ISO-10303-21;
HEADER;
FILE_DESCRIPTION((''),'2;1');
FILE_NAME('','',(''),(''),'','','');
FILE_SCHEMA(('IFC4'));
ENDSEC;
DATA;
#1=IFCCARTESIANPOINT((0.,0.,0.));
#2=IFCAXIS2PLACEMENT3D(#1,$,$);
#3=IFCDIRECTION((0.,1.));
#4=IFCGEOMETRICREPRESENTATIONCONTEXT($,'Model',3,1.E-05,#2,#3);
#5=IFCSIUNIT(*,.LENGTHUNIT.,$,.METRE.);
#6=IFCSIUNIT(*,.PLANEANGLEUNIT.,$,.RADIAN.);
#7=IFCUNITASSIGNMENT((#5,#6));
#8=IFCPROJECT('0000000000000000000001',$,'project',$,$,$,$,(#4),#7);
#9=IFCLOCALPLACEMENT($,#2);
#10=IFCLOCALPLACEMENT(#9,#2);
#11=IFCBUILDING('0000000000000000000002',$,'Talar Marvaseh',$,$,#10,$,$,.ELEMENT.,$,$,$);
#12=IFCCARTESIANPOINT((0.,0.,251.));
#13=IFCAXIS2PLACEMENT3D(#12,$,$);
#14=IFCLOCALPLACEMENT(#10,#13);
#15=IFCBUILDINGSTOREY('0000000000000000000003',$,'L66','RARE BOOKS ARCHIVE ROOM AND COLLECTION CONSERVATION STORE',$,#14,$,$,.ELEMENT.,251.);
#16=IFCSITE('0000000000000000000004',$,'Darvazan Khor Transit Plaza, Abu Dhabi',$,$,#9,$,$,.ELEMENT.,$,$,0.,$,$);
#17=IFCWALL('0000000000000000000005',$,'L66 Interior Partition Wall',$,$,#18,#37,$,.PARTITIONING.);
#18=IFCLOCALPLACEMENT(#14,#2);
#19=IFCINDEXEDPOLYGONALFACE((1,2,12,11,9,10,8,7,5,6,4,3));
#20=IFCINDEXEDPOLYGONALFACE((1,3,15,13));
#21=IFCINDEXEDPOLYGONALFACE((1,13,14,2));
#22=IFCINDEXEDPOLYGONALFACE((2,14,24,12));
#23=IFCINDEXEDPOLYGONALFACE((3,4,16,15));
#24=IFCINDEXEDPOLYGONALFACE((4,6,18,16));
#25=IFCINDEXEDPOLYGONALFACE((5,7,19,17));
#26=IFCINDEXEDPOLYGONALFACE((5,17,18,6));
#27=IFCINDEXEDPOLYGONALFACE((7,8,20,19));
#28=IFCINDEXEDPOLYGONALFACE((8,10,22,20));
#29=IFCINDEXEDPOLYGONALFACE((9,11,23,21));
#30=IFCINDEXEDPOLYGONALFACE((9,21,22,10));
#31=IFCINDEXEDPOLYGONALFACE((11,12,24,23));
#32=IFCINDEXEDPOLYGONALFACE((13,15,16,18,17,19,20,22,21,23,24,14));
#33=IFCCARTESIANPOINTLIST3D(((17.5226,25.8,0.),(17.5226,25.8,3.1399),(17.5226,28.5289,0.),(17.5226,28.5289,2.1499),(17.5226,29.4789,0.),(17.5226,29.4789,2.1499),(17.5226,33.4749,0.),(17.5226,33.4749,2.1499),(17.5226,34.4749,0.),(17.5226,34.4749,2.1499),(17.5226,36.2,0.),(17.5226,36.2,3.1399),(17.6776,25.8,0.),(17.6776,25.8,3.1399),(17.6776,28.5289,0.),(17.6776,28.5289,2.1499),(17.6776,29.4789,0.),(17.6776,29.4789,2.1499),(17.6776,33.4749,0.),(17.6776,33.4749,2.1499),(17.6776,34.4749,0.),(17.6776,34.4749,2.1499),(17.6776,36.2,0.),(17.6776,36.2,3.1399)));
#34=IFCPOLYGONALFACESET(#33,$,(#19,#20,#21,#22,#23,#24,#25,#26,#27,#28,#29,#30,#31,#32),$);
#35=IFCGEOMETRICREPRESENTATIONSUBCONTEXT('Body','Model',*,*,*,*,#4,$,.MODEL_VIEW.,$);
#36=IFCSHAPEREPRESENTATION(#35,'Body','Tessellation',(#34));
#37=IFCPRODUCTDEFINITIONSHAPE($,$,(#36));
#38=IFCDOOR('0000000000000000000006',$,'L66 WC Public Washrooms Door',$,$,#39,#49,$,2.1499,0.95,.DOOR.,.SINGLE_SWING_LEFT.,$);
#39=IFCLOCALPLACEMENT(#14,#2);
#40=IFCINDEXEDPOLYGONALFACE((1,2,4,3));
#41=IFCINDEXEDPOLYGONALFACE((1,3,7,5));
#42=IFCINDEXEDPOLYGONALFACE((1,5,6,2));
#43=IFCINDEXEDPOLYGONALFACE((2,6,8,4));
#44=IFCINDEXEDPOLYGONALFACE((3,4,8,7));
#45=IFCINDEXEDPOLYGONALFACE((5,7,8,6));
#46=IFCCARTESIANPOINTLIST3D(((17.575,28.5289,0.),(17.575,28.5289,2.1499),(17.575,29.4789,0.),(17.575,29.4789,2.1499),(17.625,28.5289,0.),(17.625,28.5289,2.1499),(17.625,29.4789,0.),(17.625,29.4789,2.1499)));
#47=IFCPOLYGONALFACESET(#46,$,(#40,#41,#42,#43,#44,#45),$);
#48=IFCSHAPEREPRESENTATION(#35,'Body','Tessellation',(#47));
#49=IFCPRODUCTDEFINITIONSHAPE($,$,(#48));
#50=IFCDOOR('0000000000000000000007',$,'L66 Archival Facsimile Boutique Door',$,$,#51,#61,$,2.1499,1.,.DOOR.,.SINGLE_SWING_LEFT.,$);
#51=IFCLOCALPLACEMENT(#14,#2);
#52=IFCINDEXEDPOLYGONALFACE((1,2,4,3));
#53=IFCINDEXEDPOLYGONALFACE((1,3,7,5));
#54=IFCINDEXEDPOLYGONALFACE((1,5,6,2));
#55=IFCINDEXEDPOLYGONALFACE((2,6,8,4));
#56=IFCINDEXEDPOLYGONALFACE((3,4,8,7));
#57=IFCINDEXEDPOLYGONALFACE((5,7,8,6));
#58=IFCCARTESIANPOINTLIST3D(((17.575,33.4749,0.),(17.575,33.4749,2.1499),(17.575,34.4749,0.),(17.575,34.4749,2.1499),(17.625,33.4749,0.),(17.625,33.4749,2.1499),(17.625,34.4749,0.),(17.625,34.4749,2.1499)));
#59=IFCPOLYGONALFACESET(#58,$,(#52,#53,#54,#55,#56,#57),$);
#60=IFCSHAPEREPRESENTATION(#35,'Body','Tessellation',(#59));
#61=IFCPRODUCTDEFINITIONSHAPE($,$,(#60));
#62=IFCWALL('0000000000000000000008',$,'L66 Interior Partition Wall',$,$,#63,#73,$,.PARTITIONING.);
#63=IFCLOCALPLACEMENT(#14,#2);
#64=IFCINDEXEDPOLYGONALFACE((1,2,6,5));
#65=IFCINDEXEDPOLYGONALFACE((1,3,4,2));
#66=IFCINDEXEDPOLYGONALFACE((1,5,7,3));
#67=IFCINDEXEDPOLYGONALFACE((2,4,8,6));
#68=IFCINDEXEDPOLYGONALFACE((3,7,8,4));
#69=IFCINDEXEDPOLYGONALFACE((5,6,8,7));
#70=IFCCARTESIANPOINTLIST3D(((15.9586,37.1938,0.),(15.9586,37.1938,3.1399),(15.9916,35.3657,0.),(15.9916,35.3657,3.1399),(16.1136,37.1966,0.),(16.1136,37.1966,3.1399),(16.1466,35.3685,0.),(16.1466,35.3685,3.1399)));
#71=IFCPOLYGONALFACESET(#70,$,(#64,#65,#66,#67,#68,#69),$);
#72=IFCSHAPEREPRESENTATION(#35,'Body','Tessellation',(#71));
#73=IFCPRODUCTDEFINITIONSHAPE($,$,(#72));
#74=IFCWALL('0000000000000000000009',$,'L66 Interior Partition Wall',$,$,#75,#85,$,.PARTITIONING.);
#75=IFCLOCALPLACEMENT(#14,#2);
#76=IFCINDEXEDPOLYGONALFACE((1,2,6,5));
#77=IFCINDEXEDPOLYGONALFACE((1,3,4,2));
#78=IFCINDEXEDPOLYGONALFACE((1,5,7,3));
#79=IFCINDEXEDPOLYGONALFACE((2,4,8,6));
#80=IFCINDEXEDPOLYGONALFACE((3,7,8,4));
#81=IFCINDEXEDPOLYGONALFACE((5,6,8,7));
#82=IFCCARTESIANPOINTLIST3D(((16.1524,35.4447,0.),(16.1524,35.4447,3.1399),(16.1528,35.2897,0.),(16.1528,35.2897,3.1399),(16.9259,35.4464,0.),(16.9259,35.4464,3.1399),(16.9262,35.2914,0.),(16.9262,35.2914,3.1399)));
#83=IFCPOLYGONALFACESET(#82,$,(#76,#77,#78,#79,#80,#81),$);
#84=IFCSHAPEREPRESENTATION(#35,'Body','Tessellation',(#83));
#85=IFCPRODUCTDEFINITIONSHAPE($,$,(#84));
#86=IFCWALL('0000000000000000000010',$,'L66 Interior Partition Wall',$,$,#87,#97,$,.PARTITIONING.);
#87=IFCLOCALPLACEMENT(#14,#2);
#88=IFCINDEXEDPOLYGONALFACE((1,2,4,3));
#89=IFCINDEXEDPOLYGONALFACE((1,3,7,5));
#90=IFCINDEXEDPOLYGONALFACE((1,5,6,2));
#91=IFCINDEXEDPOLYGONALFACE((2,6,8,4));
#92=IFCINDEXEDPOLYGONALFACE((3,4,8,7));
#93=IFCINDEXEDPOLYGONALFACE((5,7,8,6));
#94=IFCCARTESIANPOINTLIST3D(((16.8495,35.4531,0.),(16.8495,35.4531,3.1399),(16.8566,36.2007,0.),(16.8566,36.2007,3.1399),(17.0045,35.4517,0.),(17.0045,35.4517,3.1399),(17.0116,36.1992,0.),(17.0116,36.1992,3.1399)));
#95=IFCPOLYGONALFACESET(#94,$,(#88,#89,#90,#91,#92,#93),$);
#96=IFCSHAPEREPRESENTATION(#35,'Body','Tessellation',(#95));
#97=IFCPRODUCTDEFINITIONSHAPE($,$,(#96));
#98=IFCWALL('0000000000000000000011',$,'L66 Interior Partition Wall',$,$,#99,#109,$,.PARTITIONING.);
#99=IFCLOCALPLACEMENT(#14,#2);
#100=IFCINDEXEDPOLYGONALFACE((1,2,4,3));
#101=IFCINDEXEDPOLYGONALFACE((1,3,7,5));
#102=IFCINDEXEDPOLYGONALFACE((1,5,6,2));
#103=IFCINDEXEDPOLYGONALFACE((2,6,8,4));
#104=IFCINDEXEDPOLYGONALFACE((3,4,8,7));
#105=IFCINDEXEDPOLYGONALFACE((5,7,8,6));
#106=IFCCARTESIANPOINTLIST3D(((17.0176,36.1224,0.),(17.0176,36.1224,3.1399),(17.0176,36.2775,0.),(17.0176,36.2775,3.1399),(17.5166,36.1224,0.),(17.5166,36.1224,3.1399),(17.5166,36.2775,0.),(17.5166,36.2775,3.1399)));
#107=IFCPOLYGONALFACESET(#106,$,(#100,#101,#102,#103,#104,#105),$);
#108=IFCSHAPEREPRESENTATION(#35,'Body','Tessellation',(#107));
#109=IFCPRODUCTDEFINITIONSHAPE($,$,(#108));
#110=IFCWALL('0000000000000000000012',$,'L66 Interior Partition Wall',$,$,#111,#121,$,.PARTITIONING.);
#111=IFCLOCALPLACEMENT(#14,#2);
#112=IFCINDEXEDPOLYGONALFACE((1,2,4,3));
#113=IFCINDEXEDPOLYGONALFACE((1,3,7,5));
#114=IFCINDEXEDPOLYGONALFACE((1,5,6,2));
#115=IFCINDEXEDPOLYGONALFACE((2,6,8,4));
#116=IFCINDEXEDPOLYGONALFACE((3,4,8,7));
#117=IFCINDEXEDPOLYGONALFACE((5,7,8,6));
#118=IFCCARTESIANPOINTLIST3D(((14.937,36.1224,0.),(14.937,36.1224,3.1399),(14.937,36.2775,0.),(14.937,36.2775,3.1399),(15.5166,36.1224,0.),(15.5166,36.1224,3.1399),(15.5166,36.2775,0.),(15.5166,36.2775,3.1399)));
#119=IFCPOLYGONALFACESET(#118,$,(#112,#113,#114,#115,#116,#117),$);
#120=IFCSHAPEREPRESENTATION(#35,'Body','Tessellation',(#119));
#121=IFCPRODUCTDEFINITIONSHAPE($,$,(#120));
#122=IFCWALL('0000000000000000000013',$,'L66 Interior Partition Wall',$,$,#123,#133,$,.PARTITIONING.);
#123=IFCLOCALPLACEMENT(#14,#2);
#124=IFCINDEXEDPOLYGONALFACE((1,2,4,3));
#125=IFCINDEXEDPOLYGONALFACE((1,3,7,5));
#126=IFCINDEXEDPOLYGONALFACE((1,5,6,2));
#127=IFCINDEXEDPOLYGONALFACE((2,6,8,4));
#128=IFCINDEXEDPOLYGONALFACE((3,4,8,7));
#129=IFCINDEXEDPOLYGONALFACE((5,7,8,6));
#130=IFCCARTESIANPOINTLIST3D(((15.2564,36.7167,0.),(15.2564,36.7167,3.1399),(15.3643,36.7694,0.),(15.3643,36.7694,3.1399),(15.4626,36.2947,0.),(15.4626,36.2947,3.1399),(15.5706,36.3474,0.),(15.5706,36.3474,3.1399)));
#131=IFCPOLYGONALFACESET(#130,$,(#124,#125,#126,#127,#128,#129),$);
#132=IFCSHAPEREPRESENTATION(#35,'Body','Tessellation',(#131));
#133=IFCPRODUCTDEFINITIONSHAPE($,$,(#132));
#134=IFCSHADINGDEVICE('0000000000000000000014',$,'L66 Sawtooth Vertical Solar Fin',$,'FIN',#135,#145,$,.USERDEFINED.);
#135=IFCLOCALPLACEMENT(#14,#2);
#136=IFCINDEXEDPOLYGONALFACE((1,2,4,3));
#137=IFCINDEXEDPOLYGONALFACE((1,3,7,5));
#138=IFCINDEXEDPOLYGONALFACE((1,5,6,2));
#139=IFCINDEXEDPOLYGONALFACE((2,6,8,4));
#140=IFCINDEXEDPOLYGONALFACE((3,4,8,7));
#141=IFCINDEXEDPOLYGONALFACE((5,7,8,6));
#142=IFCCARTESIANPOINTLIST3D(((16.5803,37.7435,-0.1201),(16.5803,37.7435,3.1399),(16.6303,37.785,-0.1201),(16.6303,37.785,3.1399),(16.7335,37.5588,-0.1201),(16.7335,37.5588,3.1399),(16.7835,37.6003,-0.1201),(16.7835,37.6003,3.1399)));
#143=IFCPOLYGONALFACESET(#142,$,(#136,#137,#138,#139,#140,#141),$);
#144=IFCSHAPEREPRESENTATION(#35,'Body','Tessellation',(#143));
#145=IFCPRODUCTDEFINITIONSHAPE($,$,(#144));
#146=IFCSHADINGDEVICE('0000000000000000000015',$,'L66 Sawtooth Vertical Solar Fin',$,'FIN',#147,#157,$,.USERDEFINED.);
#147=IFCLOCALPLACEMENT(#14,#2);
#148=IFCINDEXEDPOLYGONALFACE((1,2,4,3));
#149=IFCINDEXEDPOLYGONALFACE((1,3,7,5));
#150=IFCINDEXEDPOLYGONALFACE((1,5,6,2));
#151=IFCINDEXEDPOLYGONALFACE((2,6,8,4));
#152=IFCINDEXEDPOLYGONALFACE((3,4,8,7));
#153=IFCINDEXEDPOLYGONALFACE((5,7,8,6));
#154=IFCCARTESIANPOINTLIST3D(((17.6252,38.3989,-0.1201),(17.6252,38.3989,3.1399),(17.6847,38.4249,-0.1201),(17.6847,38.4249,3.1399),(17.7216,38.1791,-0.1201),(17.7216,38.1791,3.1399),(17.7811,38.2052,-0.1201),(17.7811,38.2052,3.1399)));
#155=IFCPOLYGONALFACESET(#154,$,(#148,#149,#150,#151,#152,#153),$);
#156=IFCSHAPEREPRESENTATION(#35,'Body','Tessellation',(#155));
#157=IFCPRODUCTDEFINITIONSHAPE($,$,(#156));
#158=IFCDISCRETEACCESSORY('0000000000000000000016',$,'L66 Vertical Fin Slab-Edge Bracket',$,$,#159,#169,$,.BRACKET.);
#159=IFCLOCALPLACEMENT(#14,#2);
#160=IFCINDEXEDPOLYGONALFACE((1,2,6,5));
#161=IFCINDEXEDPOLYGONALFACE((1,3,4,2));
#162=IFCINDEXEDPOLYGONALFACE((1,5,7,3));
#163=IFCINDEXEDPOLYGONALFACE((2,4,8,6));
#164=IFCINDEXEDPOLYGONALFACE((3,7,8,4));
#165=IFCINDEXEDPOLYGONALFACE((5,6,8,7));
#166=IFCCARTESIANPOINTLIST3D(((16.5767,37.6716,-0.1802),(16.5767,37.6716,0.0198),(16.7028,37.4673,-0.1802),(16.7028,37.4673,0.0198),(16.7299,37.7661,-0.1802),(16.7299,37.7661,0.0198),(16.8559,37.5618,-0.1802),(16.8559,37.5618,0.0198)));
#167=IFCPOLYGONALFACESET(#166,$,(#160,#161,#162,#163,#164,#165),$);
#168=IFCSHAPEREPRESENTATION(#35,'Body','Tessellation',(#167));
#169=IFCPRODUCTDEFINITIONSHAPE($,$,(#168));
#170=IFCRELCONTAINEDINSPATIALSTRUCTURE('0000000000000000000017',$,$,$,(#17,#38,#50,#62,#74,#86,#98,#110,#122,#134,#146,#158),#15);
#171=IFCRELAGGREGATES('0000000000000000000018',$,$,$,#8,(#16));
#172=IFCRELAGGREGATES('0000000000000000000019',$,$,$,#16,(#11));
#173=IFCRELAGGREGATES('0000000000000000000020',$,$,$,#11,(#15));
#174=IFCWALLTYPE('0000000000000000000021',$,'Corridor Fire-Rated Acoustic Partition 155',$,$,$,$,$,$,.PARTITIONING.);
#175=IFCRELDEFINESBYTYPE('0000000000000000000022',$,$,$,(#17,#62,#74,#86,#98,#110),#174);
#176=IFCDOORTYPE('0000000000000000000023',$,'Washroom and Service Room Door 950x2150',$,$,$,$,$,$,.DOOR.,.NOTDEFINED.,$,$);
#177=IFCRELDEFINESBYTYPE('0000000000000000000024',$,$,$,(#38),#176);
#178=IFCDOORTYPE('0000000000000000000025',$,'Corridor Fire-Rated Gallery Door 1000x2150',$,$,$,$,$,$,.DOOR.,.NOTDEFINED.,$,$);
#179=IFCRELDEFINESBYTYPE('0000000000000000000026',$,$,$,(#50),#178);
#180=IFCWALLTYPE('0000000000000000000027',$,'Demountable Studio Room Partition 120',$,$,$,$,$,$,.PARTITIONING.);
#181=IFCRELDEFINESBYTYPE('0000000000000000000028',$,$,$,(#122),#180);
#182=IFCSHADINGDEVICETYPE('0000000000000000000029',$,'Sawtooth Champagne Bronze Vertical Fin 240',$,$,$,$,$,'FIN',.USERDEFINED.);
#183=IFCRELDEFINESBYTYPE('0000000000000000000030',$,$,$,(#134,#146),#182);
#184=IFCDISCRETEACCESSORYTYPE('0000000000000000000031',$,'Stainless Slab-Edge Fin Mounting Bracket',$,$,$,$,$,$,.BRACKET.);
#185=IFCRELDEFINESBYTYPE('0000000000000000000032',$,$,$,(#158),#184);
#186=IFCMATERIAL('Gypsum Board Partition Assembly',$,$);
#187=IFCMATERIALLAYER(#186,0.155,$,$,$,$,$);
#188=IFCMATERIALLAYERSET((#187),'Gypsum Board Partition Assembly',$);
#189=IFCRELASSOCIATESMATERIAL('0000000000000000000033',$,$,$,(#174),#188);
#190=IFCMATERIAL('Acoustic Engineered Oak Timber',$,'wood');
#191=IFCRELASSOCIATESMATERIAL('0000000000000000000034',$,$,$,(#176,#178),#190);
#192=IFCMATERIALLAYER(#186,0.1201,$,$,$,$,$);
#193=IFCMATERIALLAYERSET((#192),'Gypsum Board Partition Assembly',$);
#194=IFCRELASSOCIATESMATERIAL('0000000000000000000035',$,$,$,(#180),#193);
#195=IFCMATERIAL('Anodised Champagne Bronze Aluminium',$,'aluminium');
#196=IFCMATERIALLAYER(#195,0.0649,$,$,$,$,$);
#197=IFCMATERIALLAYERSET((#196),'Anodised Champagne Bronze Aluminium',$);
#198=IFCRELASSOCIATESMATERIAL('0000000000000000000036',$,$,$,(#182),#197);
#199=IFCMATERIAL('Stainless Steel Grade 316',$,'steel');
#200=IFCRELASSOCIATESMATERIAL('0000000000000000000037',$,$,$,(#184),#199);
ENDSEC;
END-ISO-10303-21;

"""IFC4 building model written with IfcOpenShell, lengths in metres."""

from ifc_helpers import new_model, si_unit, direction, frame, frame_2d, origin, origin_2d, place, context, subcontext, project, spatial, rectangle, extrude, source, transform, mapped, material, layer, layer_set, type_object, type_shapes, element, fill, save


model = new_model("IFC4")

# Units and contexts
model_context = context("Model", 3, precision=1e-05, world=origin(), true_north=direction((0.0, 1.0)))
body_context = subcontext(model_context, "Body", "Model", "MODEL_VIEW")
ifc_project = project(units=[si_unit("LENGTHUNIT", "METRE"), si_unit("PLANEANGLEUNIT", "RADIAN")], contexts=[model_context])

# Site, building, storey
site_placement = place(None, origin())
site = spatial("IfcSite", under=ifc_project, at=site_placement, Name="Darvazan Khor Transit Plaza, Abu Dhabi", CompositionType="ELEMENT", RefElevation=0.0)
building_placement = place(site_placement, origin())
building = spatial("IfcBuilding", under=site, at=building_placement, Name="Talar Marvaseh", CompositionType="ELEMENT")
storey_placement = place(building_placement, frame((0.0, 0.0, 251.0)))
storey = spatial("IfcBuildingStorey", under=building, at=storey_placement, Name="L66", Description="RARE BOOKS ARCHIVE ROOM AND COLLECTION CONSERVATION STORE", CompositionType="ELEMENT", Elevation=251.0)

# Wall, openings, doors
ifc_material_1 = material(Name="Gypsum Board Partition Assembly")
ifc_layer_1 = layer(ifc_material_1, 0.155)
ifc_layer_set_1 = layer_set([ifc_layer_1], Name="Gypsum Board Partition Assembly")
wall_type_1 = type_object("IfcWallType", Name="Corridor Fire-Rated Acoustic Partition 155", PredefinedType="PARTITIONING", material=ifc_layer_set_1)
wall_1_placement = place(storey_placement, frame((17.6001, 36.2, 0.0), z_axis=(0.0, 0.0, 1.0), x_axis=(0.0, -1.0, 0.0)))
wall_1 = element("IfcWall", 1, at=wall_1_placement, inside=storey, type_object=wall_type_1, Name="L66 Interior Partition Wall", PredefinedType="PARTITIONING", context=body_context, shape_type="SweptSolid", body=[
    extrude(rectangle(XDim=10.3999, YDim=0.155, at=frame_2d((5.2, 0.0))), origin(), (0.0, 0.0, 1.0), 3.1399),
])
opening_1_placement = place(wall_1_placement, frame((1.7251, 0.0, 0.0)))
opening_1 = element("IfcOpeningElement", 2, at=opening_1_placement, cuts=wall_1, PredefinedType="OPENING", context=body_context, shape_type="SweptSolid", body=[
    extrude(rectangle(XDim=1.0, YDim=2.1499, at=frame_2d((0.5, 1.075))), frame((0.0, 0.0874, 0.0), z_axis=(0.0, -1.0, 0.0), x_axis=(1.0, 0.0, 0.0)), (0.0, 0.0, 1.0), 0.175),
])
opening_2_placement = place(wall_1_placement, frame((6.7209, 0.0, 0.0)))
opening_2 = element("IfcOpeningElement", 3, at=opening_2_placement, cuts=wall_1, PredefinedType="OPENING", context=body_context, shape_type="SweptSolid", body=[
    extrude(rectangle(XDim=0.95, YDim=2.1499, at=frame_2d((0.4751, 1.075))), frame((0.0, 0.0874, 0.0), z_axis=(0.0, -1.0, 0.0), x_axis=(1.0, 0.0, 0.0)), (0.0, 0.0, 1.0), 0.175),
])
ifc_material_2 = material(Name="Acoustic Engineered Oak Timber", Category="wood")
door_type_1 = type_object("IfcDoorType", Name="Washroom and Service Room Door 950x2150", OperationType="NOTDEFINED", PredefinedType="DOOR", material=ifc_material_2)
shared_shape_1 = source(origin(), body_context, "Body", "SweptSolid", [
    extrude(rectangle(XDim=0.95, YDim=2.1499, at=frame_2d((0.4751, 1.075))), frame((0.0, 0.0249, 0.0), z_axis=(0.0, -1.0, 0.0), x_axis=(1.0, 0.0, 0.0)), (0.0, 0.0, 1.0), 0.05),
])
type_shapes(door_type_1, [shared_shape_1])
door_1_placement = place(opening_2_placement, origin())
door_1 = element("IfcDoor", 4, at=door_1_placement, inside=storey, type_object=door_type_1, Name="L66 WC Public Washrooms Door", OperationType="SINGLE_SWING_LEFT", OverallHeight=2.1499, OverallWidth=0.95, PredefinedType="DOOR", context=body_context, shape_type="MappedRepresentation", body=[
    mapped(shared_shape_1, transform((0.0, 0.0, 0.0), x_axis=(1.0, 0.0, 0.0), y_axis=(0.0, 1.0, 0.0), z_axis=(0.0, 0.0, 1.0), scale=1.0)),
])
fill(opening_2, door_1)
door_type_2 = type_object("IfcDoorType", Name="Corridor Fire-Rated Gallery Door 1000x2150", OperationType="NOTDEFINED", PredefinedType="DOOR", material=ifc_material_2)
shared_shape_2 = source(origin(), body_context, "Body", "SweptSolid", [
    extrude(rectangle(XDim=1.0, YDim=2.1499, at=frame_2d((0.5, 1.075))), frame((0.0, 0.0249, 0.0), z_axis=(0.0, -1.0, 0.0), x_axis=(1.0, 0.0, 0.0)), (0.0, 0.0, 1.0), 0.05),
])
type_shapes(door_type_2, [shared_shape_2])
door_2_placement = place(opening_1_placement, origin())
door_2 = element("IfcDoor", 5, at=door_2_placement, inside=storey, type_object=door_type_2, Name="L66 Archival Facsimile Boutique Door", OperationType="SINGLE_SWING_LEFT", OverallHeight=2.1499, OverallWidth=1.0, PredefinedType="DOOR", context=body_context, shape_type="MappedRepresentation", body=[
    mapped(shared_shape_2, transform((0.0, 0.0, 0.0), x_axis=(1.0, 0.0, 0.0), y_axis=(0.0, 1.0, 0.0), z_axis=(0.0, 0.0, 1.0), scale=1.0)),
])
fill(opening_1, door_2)

# Walls
wall_2_placement = place(storey_placement, frame((16.0361, 37.1951, 0.0), z_axis=(0.0, 0.0, 1.0), x_axis=(0.018026, -0.999838, 0.0)))
element("IfcWall", 6, at=wall_2_placement, inside=storey, type_object=wall_type_1, Name="L66 Interior Partition Wall", PredefinedType="PARTITIONING", context=body_context, shape_type="SweptSolid", body=[
    extrude(rectangle(XDim=1.8284, YDim=0.155, at=frame_2d((0.9141, 0.0))), origin(), (0.0, 0.0, 1.0), 3.1399),
])
wall_3_placement = place(storey_placement, frame((16.1526, 35.3672, 0.0), z_axis=(0.0, 0.0, 1.0), x_axis=(0.999998, 0.00221, 0.0)))
element("IfcWall", 7, at=wall_3_placement, inside=storey, type_object=wall_type_1, Name="L66 Interior Partition Wall", PredefinedType="PARTITIONING", context=body_context, shape_type="SweptSolid", body=[
    extrude(rectangle(XDim=0.7734, YDim=0.155, at=frame_2d((0.3867, 0.0))), origin(), (0.0, 0.0, 1.0), 3.1399),
])
wall_4_placement = place(storey_placement, frame((16.927, 35.4524, 0.0), z_axis=(0.0, 0.0, 1.0), x_axis=(0.009471, 0.999955, 0.0)))
element("IfcWall", 8, at=wall_4_placement, inside=storey, type_object=wall_type_1, Name="L66 Interior Partition Wall", PredefinedType="PARTITIONING", context=body_context, shape_type="SweptSolid", body=[
    extrude(rectangle(XDim=0.7476, YDim=0.155, at=frame_2d((0.3738, 0.0))), origin(), (0.0, 0.0, 1.0), 3.1399),
])
wall_5_placement = place(storey_placement, frame((17.0176, 36.2, 0.0), z_axis=(0.0, 0.0, 1.0), x_axis=(1.0, 0.0, 0.0)))
element("IfcWall", 9, at=wall_5_placement, inside=storey, type_object=wall_type_1, Name="L66 Interior Partition Wall", PredefinedType="PARTITIONING", context=body_context, shape_type="SweptSolid", body=[
    extrude(rectangle(XDim=0.499, YDim=0.155, at=frame_2d((0.2495, 0.0))), origin(), (0.0, 0.0, 1.0), 3.1399),
])
wall_6_placement = place(storey_placement, frame((14.937, 36.2, 0.0), z_axis=(0.0, 0.0, 1.0), x_axis=(1.0, 0.0, 0.0)))
element("IfcWall", 10, at=wall_6_placement, inside=storey, type_object=wall_type_1, Name="L66 Interior Partition Wall", PredefinedType="PARTITIONING", context=body_context, shape_type="SweptSolid", body=[
    extrude(rectangle(XDim=0.5796, YDim=0.155, at=frame_2d((0.2898, 0.0))), origin(), (0.0, 0.0, 1.0), 3.1399),
])
ifc_layer_2 = layer(ifc_material_1, 0.1201)
ifc_layer_set_2 = layer_set([ifc_layer_2], Name="Gypsum Board Partition Assembly")
wall_type_2 = type_object("IfcWallType", Name="Demountable Studio Room Partition 120", PredefinedType="PARTITIONING", material=ifc_layer_set_2)
wall_7_placement = place(storey_placement, frame((15.5166, 36.321, 0.0), z_axis=(0.0, 0.0, 1.0), x_axis=(-0.439089, 0.898444, 0.0)))
element("IfcWall", 11, at=wall_7_placement, inside=storey, type_object=wall_type_2, Name="L66 Interior Partition Wall", PredefinedType="PARTITIONING", context=body_context, shape_type="SweptSolid", body=[
    extrude(rectangle(XDim=0.4697, YDim=0.1201, at=frame_2d((0.2349, 0.0))), origin(), (0.0, 0.0, 1.0), 3.1399),
])

# Shading devices
ifc_material_3 = material(Name="Anodised Champagne Bronze Aluminium", Category="aluminium")
ifc_layer_3 = layer(ifc_material_3, 0.0649)
ifc_layer_set_3 = layer_set([ifc_layer_3], Name="Anodised Champagne Bronze Aluminium")
shading_device_type = type_object("IfcShadingDeviceType", Name="Sawtooth Champagne Bronze Vertical Fin 240", ElementType="FIN", PredefinedType="USERDEFINED", material=ifc_layer_set_3)
shared_shape_3 = source(origin(), body_context, "Body", "SweptSolid", [
    extrude(rectangle(XDim=0.24, YDim=0.0649, at=origin_2d()), origin(), (0.0, 0.0, 1.0), 3.26),
])
type_shapes(shading_device_type, [shared_shape_3])
for number, where, z_axis, x_axis, name in (
    (12, (16.6819, 37.6719, -0.1201), (0.0, 0.0, 1.0), (-0.638499, 0.769622, 0.0), "L66 Sawtooth Vertical Solar Fin"),
    (13, (17.7031, 38.302, -0.1201), (0.0, 0.0, 1.0), (-0.401628, 0.915803, 0.0), "L66 Sawtooth Vertical Solar Fin"),
):
    element("IfcShadingDevice", number, at=place(storey_placement, frame(where, z_axis=z_axis, x_axis=x_axis)), inside=storey, type_object=shading_device_type, Name=name, ObjectType="FIN", PredefinedType="USERDEFINED", context=body_context, shape_type="MappedRepresentation", body=[
        mapped(shared_shape_3, transform((0.0, 0.0, 0.0), x_axis=(1.0, 0.0, 0.0), y_axis=(0.0, 1.0, 0.0), z_axis=(0.0, 0.0, 1.0), scale=1.0)),
    ])

# Discrete accessory
ifc_material_4 = material(Name="Stainless Steel Grade 316", Category="steel")
discrete_accessory_type = type_object("IfcDiscreteAccessoryType", Name="Stainless Slab-Edge Fin Mounting Bracket", PredefinedType="BRACKET", material=ifc_material_4)
shared_shape_4 = source(origin(), body_context, "Body", "SweptSolid", [
    extrude(rectangle(XDim=0.24, YDim=0.1799, at=origin_2d()), origin(), (0.0, 0.0, 1.0), 0.2),
])
type_shapes(discrete_accessory_type, [shared_shape_4])
for number, where, z_axis, x_axis, name in (
    (14, (16.7163, 37.6167, -0.1802), (0.0, 0.0, 1.0), (-0.525175, 0.850994, 0.0), "L66 Vertical Fin Slab-Edge Bracket"),
):
    element("IfcDiscreteAccessory", number, at=place(storey_placement, frame(where, z_axis=z_axis, x_axis=x_axis)), inside=storey, type_object=discrete_accessory_type, Name=name, PredefinedType="BRACKET", context=body_context, shape_type="MappedRepresentation", body=[
        mapped(shared_shape_4, transform((0.0, 0.0, 0.0), x_axis=(1.0, 0.0, 0.0), y_axis=(0.0, 1.0, 0.0), z_axis=(0.0, 0.0, 1.0), scale=1.0)),
    ])

save(model, "model.ifc")
